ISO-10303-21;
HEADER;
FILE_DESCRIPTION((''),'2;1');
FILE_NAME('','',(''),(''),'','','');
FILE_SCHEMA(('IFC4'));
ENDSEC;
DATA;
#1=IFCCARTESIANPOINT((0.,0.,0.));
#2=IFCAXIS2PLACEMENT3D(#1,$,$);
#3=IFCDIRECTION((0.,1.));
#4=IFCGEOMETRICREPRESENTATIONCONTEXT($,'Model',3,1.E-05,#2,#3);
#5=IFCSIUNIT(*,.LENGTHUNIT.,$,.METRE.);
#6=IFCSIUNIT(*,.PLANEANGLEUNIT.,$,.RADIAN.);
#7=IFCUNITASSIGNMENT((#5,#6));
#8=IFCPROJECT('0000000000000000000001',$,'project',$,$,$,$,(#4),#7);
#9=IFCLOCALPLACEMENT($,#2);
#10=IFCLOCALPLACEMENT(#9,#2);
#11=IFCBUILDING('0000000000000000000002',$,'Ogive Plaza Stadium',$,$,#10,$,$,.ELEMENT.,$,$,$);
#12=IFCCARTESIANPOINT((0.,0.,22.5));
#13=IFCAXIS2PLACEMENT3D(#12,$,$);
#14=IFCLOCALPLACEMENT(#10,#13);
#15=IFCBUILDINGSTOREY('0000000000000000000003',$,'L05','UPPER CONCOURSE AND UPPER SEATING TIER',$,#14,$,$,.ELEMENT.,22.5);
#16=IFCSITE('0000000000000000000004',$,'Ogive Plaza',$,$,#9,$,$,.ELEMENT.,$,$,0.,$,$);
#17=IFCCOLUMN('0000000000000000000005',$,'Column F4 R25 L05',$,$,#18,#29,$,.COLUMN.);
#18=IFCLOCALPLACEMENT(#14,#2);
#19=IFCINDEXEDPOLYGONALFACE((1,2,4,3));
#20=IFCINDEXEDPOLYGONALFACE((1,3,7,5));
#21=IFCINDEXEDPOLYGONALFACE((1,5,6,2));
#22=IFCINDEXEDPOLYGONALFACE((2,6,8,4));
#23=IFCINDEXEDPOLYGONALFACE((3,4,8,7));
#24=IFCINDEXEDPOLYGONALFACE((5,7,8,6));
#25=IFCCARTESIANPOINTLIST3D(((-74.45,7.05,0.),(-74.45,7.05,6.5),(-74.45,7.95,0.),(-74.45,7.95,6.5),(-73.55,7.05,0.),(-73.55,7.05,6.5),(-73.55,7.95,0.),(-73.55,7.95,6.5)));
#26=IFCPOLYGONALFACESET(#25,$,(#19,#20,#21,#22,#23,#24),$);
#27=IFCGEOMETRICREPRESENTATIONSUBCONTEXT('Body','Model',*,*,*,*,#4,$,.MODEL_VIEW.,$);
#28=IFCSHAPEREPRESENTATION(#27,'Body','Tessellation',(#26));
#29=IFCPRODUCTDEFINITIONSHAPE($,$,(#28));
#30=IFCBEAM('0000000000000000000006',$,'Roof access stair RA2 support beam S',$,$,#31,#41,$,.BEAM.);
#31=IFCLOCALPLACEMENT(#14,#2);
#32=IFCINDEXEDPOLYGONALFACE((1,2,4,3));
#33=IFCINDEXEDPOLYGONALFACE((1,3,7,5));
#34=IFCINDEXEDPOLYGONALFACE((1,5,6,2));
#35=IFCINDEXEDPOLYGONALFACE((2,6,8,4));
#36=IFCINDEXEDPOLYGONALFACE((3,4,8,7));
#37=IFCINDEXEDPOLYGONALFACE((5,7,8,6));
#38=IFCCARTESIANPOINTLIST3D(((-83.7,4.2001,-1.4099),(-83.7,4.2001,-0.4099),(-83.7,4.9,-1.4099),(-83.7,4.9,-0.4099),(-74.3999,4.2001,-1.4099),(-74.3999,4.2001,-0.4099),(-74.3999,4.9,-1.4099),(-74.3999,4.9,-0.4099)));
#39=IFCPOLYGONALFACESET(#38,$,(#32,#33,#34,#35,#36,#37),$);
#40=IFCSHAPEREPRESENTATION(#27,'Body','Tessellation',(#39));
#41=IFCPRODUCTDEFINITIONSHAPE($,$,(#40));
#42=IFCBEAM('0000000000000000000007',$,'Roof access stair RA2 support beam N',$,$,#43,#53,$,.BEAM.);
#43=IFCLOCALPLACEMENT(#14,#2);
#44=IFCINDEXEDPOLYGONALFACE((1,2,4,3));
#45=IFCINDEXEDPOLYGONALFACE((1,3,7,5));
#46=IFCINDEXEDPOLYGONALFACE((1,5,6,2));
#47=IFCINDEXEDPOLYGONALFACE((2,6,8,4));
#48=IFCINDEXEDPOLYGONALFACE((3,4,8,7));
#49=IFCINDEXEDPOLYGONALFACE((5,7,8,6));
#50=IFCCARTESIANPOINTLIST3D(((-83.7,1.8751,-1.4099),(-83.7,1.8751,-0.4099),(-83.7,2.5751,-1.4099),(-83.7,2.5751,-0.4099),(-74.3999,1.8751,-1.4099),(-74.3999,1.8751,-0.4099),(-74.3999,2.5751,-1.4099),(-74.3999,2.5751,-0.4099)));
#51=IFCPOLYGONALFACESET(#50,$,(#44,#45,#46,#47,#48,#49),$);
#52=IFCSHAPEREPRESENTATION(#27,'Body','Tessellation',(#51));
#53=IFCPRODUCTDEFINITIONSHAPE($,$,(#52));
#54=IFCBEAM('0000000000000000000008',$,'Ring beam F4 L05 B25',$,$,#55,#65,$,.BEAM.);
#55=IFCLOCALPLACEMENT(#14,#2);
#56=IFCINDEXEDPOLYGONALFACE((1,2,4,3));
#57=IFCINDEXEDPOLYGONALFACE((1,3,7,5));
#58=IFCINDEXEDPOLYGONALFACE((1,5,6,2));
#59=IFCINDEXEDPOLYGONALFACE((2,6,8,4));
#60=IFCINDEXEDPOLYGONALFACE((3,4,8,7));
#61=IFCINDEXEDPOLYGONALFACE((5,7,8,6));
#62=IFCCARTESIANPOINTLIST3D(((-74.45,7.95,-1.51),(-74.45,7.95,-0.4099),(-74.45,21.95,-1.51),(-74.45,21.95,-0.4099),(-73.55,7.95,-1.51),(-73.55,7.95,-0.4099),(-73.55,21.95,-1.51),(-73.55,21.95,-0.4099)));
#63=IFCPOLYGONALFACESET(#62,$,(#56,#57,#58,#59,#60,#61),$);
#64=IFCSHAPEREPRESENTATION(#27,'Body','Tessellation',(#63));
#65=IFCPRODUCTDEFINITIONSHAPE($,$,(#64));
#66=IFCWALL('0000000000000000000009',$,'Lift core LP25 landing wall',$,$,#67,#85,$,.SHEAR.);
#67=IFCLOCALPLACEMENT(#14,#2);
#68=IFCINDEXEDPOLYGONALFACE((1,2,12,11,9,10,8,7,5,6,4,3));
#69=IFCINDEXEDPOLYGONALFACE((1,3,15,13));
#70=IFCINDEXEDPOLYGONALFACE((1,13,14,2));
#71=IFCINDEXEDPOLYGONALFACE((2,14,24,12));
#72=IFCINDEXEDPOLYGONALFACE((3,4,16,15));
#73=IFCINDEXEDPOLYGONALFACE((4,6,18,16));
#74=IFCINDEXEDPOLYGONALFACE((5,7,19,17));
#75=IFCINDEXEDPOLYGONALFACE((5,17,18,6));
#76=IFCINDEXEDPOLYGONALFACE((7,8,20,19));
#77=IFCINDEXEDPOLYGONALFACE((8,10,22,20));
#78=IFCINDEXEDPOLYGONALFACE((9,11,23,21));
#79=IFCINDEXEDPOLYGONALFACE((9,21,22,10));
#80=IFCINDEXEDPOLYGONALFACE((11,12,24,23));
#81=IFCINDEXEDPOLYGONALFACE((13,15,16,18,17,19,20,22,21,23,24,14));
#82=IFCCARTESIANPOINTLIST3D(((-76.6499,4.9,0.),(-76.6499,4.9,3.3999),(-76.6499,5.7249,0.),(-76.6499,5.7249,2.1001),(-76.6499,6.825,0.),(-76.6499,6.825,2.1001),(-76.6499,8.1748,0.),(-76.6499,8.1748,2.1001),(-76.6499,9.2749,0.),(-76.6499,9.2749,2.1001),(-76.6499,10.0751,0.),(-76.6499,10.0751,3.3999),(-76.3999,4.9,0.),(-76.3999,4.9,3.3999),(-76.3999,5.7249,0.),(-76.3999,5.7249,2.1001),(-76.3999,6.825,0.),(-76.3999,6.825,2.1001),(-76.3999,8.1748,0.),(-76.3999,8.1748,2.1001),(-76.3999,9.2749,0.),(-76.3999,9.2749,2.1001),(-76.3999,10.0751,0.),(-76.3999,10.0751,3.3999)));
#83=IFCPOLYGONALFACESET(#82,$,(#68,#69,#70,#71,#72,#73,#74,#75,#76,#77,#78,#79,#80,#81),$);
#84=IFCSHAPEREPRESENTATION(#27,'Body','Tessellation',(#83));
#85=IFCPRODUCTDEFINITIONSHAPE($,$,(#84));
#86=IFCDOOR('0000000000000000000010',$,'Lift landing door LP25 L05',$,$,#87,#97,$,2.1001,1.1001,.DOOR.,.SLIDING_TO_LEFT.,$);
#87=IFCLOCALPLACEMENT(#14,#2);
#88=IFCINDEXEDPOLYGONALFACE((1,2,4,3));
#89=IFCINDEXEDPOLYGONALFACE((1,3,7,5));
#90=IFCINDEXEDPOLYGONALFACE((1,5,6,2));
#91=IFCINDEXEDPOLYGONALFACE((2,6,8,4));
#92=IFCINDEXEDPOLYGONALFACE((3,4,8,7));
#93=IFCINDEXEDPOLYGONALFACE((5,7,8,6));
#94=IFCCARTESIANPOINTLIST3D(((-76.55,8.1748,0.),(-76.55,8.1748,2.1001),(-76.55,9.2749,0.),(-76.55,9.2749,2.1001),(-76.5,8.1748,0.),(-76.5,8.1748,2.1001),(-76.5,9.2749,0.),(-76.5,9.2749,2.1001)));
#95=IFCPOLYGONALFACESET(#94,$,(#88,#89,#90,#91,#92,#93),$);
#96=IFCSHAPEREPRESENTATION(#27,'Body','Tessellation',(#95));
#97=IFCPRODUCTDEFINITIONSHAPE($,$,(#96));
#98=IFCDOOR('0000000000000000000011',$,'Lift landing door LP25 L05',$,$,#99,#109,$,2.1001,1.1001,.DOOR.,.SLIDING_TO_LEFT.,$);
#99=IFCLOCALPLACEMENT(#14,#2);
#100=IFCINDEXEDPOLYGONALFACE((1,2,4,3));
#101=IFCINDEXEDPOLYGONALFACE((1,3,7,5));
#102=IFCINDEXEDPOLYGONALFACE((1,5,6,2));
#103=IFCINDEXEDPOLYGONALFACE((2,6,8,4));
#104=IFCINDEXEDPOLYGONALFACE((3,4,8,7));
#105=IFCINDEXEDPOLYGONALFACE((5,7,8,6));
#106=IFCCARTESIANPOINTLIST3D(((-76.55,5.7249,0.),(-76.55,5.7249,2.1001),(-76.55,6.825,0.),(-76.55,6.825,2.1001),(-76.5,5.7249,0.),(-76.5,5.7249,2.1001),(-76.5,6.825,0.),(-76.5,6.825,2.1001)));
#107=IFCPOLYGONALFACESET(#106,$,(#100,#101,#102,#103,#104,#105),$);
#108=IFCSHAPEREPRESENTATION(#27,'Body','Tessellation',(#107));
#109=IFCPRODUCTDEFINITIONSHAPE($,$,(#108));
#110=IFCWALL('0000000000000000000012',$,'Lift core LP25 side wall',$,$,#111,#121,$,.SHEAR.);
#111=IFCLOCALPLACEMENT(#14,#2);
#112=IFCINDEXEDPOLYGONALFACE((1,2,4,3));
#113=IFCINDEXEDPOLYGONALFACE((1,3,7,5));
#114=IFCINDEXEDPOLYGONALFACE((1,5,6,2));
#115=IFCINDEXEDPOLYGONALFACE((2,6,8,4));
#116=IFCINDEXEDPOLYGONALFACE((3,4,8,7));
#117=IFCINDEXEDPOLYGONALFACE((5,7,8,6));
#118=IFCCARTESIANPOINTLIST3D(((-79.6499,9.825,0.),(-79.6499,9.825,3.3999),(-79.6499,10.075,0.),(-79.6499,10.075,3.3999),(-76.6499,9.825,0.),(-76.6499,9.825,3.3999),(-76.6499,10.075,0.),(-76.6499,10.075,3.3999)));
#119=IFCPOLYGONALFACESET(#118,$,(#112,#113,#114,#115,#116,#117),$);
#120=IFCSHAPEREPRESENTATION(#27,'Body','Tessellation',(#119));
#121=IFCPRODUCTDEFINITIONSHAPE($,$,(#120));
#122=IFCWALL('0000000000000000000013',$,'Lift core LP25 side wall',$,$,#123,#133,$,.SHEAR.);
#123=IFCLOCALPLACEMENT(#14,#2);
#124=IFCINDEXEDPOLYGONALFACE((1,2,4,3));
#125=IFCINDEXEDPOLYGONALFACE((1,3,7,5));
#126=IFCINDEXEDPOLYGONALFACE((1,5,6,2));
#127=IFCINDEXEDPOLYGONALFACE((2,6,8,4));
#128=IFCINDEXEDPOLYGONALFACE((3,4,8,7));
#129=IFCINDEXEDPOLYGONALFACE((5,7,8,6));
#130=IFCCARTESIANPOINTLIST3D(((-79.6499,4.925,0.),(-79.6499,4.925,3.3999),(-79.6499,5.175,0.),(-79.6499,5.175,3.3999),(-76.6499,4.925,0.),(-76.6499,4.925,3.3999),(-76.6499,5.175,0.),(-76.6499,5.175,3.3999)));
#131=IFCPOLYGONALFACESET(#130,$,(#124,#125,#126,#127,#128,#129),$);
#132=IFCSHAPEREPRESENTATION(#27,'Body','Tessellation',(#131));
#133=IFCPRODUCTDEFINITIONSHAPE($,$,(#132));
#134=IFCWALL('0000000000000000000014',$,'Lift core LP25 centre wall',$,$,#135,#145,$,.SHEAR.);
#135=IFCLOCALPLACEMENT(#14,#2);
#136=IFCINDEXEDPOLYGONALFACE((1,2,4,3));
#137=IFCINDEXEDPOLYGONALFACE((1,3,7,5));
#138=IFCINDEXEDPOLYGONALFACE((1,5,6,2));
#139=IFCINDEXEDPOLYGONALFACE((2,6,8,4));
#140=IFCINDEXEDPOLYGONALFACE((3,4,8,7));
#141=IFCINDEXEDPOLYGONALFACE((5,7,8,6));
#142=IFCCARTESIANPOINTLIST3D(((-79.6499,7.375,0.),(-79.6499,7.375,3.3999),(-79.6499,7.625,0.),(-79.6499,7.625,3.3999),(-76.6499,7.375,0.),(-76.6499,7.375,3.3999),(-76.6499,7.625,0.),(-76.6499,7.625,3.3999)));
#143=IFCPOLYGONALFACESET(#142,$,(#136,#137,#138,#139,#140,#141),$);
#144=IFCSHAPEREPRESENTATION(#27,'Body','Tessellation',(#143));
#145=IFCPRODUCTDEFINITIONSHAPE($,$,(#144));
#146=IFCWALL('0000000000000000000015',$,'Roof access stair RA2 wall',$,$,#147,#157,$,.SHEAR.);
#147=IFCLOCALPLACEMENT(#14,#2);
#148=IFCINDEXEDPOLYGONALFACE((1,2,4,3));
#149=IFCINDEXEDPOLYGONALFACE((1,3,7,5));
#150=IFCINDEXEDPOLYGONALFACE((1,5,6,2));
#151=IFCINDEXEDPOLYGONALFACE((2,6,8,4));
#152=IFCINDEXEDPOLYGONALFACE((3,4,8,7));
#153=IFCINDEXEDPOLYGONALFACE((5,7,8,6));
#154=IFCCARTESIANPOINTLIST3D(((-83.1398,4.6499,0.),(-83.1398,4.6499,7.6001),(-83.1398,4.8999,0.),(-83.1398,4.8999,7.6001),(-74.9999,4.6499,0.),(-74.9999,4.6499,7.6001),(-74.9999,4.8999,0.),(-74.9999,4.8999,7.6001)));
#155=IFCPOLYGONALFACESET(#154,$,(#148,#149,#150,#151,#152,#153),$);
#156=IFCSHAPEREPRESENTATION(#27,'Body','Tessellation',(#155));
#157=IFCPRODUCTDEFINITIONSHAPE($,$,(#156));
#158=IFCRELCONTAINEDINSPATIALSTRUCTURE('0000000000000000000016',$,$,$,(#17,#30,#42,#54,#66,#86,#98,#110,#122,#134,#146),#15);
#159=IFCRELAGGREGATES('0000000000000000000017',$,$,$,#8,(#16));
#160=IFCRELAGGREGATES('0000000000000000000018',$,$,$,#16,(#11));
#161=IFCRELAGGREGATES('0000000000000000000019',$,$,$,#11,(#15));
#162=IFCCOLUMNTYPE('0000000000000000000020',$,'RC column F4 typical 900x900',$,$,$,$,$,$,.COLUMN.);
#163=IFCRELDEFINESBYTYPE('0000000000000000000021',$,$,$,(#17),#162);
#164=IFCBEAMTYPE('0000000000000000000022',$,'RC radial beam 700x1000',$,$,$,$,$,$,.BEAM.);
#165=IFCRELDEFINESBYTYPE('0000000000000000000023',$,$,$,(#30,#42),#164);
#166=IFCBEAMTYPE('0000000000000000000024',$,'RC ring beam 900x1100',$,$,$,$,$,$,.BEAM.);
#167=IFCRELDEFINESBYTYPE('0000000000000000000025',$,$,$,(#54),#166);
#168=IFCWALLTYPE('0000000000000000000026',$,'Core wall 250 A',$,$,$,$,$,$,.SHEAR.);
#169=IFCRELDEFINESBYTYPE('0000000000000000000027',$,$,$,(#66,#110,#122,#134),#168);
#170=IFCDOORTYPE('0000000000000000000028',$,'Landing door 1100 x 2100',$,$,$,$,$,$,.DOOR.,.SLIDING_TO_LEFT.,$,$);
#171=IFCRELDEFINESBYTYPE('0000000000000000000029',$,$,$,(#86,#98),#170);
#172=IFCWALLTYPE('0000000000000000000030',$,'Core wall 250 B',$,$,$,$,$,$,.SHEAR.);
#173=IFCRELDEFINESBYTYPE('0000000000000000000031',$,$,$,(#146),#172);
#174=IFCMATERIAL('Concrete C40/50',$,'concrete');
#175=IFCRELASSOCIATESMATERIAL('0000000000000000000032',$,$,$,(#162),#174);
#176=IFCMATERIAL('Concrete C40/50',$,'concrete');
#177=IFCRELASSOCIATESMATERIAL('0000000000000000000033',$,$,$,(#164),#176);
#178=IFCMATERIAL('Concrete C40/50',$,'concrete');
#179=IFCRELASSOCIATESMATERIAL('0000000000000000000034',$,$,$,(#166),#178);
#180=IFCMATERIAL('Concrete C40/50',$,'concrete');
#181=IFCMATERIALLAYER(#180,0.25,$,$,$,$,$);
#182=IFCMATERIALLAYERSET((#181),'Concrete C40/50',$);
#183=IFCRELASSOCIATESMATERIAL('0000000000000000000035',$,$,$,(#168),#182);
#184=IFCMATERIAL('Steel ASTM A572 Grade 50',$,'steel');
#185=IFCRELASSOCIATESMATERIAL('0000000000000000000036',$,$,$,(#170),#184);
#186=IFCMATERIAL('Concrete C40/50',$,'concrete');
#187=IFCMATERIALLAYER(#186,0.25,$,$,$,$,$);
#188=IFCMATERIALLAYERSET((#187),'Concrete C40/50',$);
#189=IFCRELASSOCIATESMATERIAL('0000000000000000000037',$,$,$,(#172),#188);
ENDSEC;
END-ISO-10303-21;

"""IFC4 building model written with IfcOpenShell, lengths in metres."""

from ifc_helpers import new_model, si_unit, direction, frame, frame_2d, origin, origin_2d, place, context, subcontext, project, spatial, rectangle, extrude, material, layer, layer_set, material_profile, profile_set, type_object, element, fill, save


model = new_model("IFC4")

# Units and contexts
model_context = context("Model", 3, precision=1e-05, world=origin(), true_north=direction((0.0, 1.0)))
body_context = subcontext(model_context, "Body", "Model", "MODEL_VIEW")
ifc_project = project(units=[si_unit("LENGTHUNIT", "METRE"), si_unit("PLANEANGLEUNIT", "RADIAN")], contexts=[model_context])

# Site, building, storey
site_placement = place(None, origin())
site = spatial("IfcSite", under=ifc_project, at=site_placement, Name="Ogive Plaza", CompositionType="ELEMENT", RefElevation=0.0)
building_placement = place(site_placement, origin())
building = spatial("IfcBuilding", under=site, at=building_placement, Name="Ogive Plaza Stadium", CompositionType="ELEMENT")
storey_placement = place(building_placement, frame((0.0, 0.0, 22.5)))
storey = spatial("IfcBuildingStorey", under=building, at=storey_placement, Name="L05", Description="UPPER CONCOURSE AND UPPER SEATING TIER", CompositionType="ELEMENT", Elevation=22.5)

# Column
ifc_material_1 = material(Name="Concrete C40/50", Category="concrete")
ifc_material_profile_1 = material_profile(ifc_material_1, rectangle(XDim=0.8999, YDim=0.8999, at=origin_2d()), Name="RC 900x900")
ifc_profile_set_1 = profile_set([ifc_material_profile_1], Name="Concrete C40/50")
column_type = type_object("IfcColumnType", Name="RC column F4 typical 900x900", PredefinedType="COLUMN", material=ifc_profile_set_1)
column_placement = place(storey_placement, frame((-74.0, 7.5, 0.0), z_axis=(0.0, 0.0, 1.0), x_axis=(0.0, -1.0, 0.0)))
element("IfcColumn", 1, at=column_placement, inside=storey, type_object=column_type, Name="Column F4 R25 L05", PredefinedType="COLUMN", context=body_context, shape_type="SweptSolid", body=[
    extrude(rectangle(XDim=0.8999, YDim=0.8999, at=origin_2d()), origin(), (0.0, 0.0, 1.0), 6.5),
])

# Beams
ifc_material_2 = material(Name="Concrete C40/50", Category="concrete")
ifc_material_profile_2 = material_profile(ifc_material_2, rectangle(XDim=0.7, YDim=1.0, at=origin_2d()), Name="RC 700x1000")
ifc_profile_set_2 = profile_set([ifc_material_profile_2], Name="Concrete C40/50")
beam_type_1 = type_object("IfcBeamType", Name="RC radial beam 700x1000", PredefinedType="BEAM", material=ifc_profile_set_2)
for number, where, z_axis, x_axis, name in (
    (2, (-74.3999, 4.55, -0.9099), (-1.0, 0.0, 0.0), (0.0, -1.0, 0.0), "Roof access stair RA2 support beam S"),
    (3, (-74.3999, 2.2251, -0.9099), (-1.0, 0.0, 0.0), (0.0, -1.0, 0.0), "Roof access stair RA2 support beam N"),
):
    element("IfcBeam", number, at=place(storey_placement, frame(where, z_axis=z_axis, x_axis=x_axis)), inside=storey, type_object=beam_type_1, Name=name, PredefinedType="BEAM", context=body_context, shape_type="SweptSolid", body=[
        extrude(rectangle(XDim=0.7, YDim=1.0, at=origin_2d()), origin(), (0.0, 0.0, 1.0), 9.3),
    ])
ifc_material_3 = material(Name="Concrete C40/50", Category="concrete")
ifc_material_profile_3 = material_profile(ifc_material_3, rectangle(XDim=0.8999, YDim=1.1001, at=origin_2d()), Name="RC 900x1100")
ifc_profile_set_3 = profile_set([ifc_material_profile_3], Name="Concrete C40/50")
beam_type_2 = type_object("IfcBeamType", Name="RC ring beam 900x1100", PredefinedType="BEAM", material=ifc_profile_set_3)
beam_placement = place(storey_placement, frame((-74.0, 7.95, -0.96), z_axis=(0.0, 1.0, 0.0), x_axis=(-1.0, 0.0, 0.0)))
element("IfcBeam", 4, at=beam_placement, inside=storey, type_object=beam_type_2, Name="Ring beam F4 L05 B25", PredefinedType="BEAM", context=body_context, shape_type="SweptSolid", body=[
    extrude(rectangle(XDim=0.8999, YDim=1.1001, at=origin_2d()), origin(), (0.0, 0.0, 1.0), 14.0),
])

# Wall, openings, doors
ifc_material_4 = material(Name="Concrete C40/50", Category="concrete")
ifc_layer_1 = layer(ifc_material_4, 0.25)
ifc_layer_set_1 = layer_set([ifc_layer_1], Name="Concrete C40/50")
wall_type_1 = type_object("IfcWallType", Name="Core wall 250 A", PredefinedType="SHEAR", material=ifc_layer_set_1)
wall_1_placement = place(storey_placement, frame((-76.5249, 10.075, 0.0), z_axis=(0.0, 0.0, 1.0), x_axis=(0.0, -1.0, 0.0)))
wall_1 = element("IfcWall", 5, at=wall_1_placement, inside=storey, type_object=wall_type_1, Name="Lift core LP25 landing wall", PredefinedType="SHEAR", context=body_context, shape_type="SweptSolid", body=[
    extrude(rectangle(XDim=5.175, YDim=0.25, at=frame_2d((2.5874, 0.0))), origin(), (0.0, 0.0, 1.0), 3.3999),
])
opening_1_placement = place(wall_1_placement, frame((0.8, 0.0, 0.0)))
opening_1 = element("IfcOpeningElement", 6, at=opening_1_placement, cuts=wall_1, PredefinedType="OPENING", context=body_context, shape_type="SweptSolid", body=[
    extrude(rectangle(XDim=1.1001, YDim=2.1001, at=frame_2d((0.55, 1.05))), frame((0.0, 0.125, 0.0), z_axis=(0.0, -1.0, 0.0), x_axis=(1.0, 0.0, 0.0)), (0.0, 0.0, 1.0), 0.25),
])
opening_2_placement = place(wall_1_placement, frame((3.25, 0.0, 0.0)))
opening_2 = element("IfcOpeningElement", 7, at=opening_2_placement, cuts=wall_1, PredefinedType="OPENING", context=body_context, shape_type="SweptSolid", body=[
    extrude(rectangle(XDim=1.1001, YDim=2.1001, at=frame_2d((0.55, 1.05))), frame((0.0, 0.125, 0.0), z_axis=(0.0, -1.0, 0.0), x_axis=(1.0, 0.0, 0.0)), (0.0, 0.0, 1.0), 0.25),
])
ifc_material_5 = material(Name="Steel ASTM A572 Grade 50", Category="steel")
door_type_1 = type_object("IfcDoorType", Name="Landing door 1100 x 2100", OperationType="SLIDING_TO_LEFT", PredefinedType="DOOR", material=ifc_material_5)
door_1_placement = place(opening_1_placement, origin())
door_1 = element("IfcDoor", 8, at=door_1_placement, inside=storey, type_object=door_type_1, Name="Lift landing door LP25 L05", OperationType="SLIDING_TO_LEFT", OverallHeight=2.1001, OverallWidth=1.1001, PredefinedType="DOOR", context=body_context, shape_type="SweptSolid", body=[
    extrude(rectangle(XDim=1.1001, YDim=2.1001, at=frame_2d((0.55, 1.05))), frame((0.0, 0.0249, 0.0), z_axis=(0.0, -1.0, 0.0), x_axis=(1.0, 0.0, 0.0)), (0.0, 0.0, 1.0), 0.05),
])
fill(opening_1, door_1)
door_2_placement = place(opening_2_placement, origin())
door_2 = element("IfcDoor", 9, at=door_2_placement, inside=storey, type_object=door_type_1, Name="Lift landing door LP25 L05", OperationType="SLIDING_TO_LEFT", OverallHeight=2.1001, OverallWidth=1.1001, PredefinedType="DOOR", context=body_context, shape_type="SweptSolid", body=[
    extrude(rectangle(XDim=1.1001, YDim=2.1001, at=frame_2d((0.55, 1.05))), frame((0.0, 0.0249, 0.0), z_axis=(0.0, -1.0, 0.0), x_axis=(1.0, 0.0, 0.0)), (0.0, 0.0, 1.0), 0.05),
])
fill(opening_2, door_2)

# Walls
for number, where, z_axis, x_axis, name in (
    (10, (-76.6499, 9.95, 0.0), (0.0, 0.0, 1.0), (-1.0, 0.0, 0.0), "Lift core LP25 side wall"),
    (11, (-76.6499, 5.05, 0.0), (0.0, 0.0, 1.0), (-1.0, 0.0, 0.0), "Lift core LP25 side wall"),
    (12, (-76.6499, 7.5, 0.0), (0.0, 0.0, 1.0), (-1.0, 0.0, 0.0), "Lift core LP25 centre wall"),
):
    element("IfcWall", number, at=place(storey_placement, frame(where, z_axis=z_axis, x_axis=x_axis)), inside=storey, type_object=wall_type_1, Name=name, PredefinedType="SHEAR", context=body_context, shape_type="SweptSolid", body=[
        extrude(rectangle(XDim=3.0, YDim=0.25, at=frame_2d((1.5, 0.0))), origin(), (0.0, 0.0, 1.0), 3.3999),
    ])
ifc_material_6 = material(Name="Concrete C40/50", Category="concrete")
ifc_layer_2 = layer(ifc_material_6, 0.25)
ifc_layer_set_2 = layer_set([ifc_layer_2], Name="Concrete C40/50")
wall_type_2 = type_object("IfcWallType", Name="Core wall 250 B", PredefinedType="SHEAR", material=ifc_layer_set_2)
wall_2_placement = place(storey_placement, frame((-75.0, 4.7749, 0.0), z_axis=(0.0, 0.0, 1.0), x_axis=(-1.0, 0.0, 0.0)))
element("IfcWall", 13, at=wall_2_placement, inside=storey, type_object=wall_type_2, Name="Roof access stair RA2 wall", PredefinedType="SHEAR", context=body_context, shape_type="SweptSolid", body=[
    extrude(rectangle(XDim=8.1399, YDim=0.25, at=frame_2d((4.0698, 0.0))), origin(), (0.0, 0.0, 1.0), 7.6001),
])

save(model, "model.ifc")
